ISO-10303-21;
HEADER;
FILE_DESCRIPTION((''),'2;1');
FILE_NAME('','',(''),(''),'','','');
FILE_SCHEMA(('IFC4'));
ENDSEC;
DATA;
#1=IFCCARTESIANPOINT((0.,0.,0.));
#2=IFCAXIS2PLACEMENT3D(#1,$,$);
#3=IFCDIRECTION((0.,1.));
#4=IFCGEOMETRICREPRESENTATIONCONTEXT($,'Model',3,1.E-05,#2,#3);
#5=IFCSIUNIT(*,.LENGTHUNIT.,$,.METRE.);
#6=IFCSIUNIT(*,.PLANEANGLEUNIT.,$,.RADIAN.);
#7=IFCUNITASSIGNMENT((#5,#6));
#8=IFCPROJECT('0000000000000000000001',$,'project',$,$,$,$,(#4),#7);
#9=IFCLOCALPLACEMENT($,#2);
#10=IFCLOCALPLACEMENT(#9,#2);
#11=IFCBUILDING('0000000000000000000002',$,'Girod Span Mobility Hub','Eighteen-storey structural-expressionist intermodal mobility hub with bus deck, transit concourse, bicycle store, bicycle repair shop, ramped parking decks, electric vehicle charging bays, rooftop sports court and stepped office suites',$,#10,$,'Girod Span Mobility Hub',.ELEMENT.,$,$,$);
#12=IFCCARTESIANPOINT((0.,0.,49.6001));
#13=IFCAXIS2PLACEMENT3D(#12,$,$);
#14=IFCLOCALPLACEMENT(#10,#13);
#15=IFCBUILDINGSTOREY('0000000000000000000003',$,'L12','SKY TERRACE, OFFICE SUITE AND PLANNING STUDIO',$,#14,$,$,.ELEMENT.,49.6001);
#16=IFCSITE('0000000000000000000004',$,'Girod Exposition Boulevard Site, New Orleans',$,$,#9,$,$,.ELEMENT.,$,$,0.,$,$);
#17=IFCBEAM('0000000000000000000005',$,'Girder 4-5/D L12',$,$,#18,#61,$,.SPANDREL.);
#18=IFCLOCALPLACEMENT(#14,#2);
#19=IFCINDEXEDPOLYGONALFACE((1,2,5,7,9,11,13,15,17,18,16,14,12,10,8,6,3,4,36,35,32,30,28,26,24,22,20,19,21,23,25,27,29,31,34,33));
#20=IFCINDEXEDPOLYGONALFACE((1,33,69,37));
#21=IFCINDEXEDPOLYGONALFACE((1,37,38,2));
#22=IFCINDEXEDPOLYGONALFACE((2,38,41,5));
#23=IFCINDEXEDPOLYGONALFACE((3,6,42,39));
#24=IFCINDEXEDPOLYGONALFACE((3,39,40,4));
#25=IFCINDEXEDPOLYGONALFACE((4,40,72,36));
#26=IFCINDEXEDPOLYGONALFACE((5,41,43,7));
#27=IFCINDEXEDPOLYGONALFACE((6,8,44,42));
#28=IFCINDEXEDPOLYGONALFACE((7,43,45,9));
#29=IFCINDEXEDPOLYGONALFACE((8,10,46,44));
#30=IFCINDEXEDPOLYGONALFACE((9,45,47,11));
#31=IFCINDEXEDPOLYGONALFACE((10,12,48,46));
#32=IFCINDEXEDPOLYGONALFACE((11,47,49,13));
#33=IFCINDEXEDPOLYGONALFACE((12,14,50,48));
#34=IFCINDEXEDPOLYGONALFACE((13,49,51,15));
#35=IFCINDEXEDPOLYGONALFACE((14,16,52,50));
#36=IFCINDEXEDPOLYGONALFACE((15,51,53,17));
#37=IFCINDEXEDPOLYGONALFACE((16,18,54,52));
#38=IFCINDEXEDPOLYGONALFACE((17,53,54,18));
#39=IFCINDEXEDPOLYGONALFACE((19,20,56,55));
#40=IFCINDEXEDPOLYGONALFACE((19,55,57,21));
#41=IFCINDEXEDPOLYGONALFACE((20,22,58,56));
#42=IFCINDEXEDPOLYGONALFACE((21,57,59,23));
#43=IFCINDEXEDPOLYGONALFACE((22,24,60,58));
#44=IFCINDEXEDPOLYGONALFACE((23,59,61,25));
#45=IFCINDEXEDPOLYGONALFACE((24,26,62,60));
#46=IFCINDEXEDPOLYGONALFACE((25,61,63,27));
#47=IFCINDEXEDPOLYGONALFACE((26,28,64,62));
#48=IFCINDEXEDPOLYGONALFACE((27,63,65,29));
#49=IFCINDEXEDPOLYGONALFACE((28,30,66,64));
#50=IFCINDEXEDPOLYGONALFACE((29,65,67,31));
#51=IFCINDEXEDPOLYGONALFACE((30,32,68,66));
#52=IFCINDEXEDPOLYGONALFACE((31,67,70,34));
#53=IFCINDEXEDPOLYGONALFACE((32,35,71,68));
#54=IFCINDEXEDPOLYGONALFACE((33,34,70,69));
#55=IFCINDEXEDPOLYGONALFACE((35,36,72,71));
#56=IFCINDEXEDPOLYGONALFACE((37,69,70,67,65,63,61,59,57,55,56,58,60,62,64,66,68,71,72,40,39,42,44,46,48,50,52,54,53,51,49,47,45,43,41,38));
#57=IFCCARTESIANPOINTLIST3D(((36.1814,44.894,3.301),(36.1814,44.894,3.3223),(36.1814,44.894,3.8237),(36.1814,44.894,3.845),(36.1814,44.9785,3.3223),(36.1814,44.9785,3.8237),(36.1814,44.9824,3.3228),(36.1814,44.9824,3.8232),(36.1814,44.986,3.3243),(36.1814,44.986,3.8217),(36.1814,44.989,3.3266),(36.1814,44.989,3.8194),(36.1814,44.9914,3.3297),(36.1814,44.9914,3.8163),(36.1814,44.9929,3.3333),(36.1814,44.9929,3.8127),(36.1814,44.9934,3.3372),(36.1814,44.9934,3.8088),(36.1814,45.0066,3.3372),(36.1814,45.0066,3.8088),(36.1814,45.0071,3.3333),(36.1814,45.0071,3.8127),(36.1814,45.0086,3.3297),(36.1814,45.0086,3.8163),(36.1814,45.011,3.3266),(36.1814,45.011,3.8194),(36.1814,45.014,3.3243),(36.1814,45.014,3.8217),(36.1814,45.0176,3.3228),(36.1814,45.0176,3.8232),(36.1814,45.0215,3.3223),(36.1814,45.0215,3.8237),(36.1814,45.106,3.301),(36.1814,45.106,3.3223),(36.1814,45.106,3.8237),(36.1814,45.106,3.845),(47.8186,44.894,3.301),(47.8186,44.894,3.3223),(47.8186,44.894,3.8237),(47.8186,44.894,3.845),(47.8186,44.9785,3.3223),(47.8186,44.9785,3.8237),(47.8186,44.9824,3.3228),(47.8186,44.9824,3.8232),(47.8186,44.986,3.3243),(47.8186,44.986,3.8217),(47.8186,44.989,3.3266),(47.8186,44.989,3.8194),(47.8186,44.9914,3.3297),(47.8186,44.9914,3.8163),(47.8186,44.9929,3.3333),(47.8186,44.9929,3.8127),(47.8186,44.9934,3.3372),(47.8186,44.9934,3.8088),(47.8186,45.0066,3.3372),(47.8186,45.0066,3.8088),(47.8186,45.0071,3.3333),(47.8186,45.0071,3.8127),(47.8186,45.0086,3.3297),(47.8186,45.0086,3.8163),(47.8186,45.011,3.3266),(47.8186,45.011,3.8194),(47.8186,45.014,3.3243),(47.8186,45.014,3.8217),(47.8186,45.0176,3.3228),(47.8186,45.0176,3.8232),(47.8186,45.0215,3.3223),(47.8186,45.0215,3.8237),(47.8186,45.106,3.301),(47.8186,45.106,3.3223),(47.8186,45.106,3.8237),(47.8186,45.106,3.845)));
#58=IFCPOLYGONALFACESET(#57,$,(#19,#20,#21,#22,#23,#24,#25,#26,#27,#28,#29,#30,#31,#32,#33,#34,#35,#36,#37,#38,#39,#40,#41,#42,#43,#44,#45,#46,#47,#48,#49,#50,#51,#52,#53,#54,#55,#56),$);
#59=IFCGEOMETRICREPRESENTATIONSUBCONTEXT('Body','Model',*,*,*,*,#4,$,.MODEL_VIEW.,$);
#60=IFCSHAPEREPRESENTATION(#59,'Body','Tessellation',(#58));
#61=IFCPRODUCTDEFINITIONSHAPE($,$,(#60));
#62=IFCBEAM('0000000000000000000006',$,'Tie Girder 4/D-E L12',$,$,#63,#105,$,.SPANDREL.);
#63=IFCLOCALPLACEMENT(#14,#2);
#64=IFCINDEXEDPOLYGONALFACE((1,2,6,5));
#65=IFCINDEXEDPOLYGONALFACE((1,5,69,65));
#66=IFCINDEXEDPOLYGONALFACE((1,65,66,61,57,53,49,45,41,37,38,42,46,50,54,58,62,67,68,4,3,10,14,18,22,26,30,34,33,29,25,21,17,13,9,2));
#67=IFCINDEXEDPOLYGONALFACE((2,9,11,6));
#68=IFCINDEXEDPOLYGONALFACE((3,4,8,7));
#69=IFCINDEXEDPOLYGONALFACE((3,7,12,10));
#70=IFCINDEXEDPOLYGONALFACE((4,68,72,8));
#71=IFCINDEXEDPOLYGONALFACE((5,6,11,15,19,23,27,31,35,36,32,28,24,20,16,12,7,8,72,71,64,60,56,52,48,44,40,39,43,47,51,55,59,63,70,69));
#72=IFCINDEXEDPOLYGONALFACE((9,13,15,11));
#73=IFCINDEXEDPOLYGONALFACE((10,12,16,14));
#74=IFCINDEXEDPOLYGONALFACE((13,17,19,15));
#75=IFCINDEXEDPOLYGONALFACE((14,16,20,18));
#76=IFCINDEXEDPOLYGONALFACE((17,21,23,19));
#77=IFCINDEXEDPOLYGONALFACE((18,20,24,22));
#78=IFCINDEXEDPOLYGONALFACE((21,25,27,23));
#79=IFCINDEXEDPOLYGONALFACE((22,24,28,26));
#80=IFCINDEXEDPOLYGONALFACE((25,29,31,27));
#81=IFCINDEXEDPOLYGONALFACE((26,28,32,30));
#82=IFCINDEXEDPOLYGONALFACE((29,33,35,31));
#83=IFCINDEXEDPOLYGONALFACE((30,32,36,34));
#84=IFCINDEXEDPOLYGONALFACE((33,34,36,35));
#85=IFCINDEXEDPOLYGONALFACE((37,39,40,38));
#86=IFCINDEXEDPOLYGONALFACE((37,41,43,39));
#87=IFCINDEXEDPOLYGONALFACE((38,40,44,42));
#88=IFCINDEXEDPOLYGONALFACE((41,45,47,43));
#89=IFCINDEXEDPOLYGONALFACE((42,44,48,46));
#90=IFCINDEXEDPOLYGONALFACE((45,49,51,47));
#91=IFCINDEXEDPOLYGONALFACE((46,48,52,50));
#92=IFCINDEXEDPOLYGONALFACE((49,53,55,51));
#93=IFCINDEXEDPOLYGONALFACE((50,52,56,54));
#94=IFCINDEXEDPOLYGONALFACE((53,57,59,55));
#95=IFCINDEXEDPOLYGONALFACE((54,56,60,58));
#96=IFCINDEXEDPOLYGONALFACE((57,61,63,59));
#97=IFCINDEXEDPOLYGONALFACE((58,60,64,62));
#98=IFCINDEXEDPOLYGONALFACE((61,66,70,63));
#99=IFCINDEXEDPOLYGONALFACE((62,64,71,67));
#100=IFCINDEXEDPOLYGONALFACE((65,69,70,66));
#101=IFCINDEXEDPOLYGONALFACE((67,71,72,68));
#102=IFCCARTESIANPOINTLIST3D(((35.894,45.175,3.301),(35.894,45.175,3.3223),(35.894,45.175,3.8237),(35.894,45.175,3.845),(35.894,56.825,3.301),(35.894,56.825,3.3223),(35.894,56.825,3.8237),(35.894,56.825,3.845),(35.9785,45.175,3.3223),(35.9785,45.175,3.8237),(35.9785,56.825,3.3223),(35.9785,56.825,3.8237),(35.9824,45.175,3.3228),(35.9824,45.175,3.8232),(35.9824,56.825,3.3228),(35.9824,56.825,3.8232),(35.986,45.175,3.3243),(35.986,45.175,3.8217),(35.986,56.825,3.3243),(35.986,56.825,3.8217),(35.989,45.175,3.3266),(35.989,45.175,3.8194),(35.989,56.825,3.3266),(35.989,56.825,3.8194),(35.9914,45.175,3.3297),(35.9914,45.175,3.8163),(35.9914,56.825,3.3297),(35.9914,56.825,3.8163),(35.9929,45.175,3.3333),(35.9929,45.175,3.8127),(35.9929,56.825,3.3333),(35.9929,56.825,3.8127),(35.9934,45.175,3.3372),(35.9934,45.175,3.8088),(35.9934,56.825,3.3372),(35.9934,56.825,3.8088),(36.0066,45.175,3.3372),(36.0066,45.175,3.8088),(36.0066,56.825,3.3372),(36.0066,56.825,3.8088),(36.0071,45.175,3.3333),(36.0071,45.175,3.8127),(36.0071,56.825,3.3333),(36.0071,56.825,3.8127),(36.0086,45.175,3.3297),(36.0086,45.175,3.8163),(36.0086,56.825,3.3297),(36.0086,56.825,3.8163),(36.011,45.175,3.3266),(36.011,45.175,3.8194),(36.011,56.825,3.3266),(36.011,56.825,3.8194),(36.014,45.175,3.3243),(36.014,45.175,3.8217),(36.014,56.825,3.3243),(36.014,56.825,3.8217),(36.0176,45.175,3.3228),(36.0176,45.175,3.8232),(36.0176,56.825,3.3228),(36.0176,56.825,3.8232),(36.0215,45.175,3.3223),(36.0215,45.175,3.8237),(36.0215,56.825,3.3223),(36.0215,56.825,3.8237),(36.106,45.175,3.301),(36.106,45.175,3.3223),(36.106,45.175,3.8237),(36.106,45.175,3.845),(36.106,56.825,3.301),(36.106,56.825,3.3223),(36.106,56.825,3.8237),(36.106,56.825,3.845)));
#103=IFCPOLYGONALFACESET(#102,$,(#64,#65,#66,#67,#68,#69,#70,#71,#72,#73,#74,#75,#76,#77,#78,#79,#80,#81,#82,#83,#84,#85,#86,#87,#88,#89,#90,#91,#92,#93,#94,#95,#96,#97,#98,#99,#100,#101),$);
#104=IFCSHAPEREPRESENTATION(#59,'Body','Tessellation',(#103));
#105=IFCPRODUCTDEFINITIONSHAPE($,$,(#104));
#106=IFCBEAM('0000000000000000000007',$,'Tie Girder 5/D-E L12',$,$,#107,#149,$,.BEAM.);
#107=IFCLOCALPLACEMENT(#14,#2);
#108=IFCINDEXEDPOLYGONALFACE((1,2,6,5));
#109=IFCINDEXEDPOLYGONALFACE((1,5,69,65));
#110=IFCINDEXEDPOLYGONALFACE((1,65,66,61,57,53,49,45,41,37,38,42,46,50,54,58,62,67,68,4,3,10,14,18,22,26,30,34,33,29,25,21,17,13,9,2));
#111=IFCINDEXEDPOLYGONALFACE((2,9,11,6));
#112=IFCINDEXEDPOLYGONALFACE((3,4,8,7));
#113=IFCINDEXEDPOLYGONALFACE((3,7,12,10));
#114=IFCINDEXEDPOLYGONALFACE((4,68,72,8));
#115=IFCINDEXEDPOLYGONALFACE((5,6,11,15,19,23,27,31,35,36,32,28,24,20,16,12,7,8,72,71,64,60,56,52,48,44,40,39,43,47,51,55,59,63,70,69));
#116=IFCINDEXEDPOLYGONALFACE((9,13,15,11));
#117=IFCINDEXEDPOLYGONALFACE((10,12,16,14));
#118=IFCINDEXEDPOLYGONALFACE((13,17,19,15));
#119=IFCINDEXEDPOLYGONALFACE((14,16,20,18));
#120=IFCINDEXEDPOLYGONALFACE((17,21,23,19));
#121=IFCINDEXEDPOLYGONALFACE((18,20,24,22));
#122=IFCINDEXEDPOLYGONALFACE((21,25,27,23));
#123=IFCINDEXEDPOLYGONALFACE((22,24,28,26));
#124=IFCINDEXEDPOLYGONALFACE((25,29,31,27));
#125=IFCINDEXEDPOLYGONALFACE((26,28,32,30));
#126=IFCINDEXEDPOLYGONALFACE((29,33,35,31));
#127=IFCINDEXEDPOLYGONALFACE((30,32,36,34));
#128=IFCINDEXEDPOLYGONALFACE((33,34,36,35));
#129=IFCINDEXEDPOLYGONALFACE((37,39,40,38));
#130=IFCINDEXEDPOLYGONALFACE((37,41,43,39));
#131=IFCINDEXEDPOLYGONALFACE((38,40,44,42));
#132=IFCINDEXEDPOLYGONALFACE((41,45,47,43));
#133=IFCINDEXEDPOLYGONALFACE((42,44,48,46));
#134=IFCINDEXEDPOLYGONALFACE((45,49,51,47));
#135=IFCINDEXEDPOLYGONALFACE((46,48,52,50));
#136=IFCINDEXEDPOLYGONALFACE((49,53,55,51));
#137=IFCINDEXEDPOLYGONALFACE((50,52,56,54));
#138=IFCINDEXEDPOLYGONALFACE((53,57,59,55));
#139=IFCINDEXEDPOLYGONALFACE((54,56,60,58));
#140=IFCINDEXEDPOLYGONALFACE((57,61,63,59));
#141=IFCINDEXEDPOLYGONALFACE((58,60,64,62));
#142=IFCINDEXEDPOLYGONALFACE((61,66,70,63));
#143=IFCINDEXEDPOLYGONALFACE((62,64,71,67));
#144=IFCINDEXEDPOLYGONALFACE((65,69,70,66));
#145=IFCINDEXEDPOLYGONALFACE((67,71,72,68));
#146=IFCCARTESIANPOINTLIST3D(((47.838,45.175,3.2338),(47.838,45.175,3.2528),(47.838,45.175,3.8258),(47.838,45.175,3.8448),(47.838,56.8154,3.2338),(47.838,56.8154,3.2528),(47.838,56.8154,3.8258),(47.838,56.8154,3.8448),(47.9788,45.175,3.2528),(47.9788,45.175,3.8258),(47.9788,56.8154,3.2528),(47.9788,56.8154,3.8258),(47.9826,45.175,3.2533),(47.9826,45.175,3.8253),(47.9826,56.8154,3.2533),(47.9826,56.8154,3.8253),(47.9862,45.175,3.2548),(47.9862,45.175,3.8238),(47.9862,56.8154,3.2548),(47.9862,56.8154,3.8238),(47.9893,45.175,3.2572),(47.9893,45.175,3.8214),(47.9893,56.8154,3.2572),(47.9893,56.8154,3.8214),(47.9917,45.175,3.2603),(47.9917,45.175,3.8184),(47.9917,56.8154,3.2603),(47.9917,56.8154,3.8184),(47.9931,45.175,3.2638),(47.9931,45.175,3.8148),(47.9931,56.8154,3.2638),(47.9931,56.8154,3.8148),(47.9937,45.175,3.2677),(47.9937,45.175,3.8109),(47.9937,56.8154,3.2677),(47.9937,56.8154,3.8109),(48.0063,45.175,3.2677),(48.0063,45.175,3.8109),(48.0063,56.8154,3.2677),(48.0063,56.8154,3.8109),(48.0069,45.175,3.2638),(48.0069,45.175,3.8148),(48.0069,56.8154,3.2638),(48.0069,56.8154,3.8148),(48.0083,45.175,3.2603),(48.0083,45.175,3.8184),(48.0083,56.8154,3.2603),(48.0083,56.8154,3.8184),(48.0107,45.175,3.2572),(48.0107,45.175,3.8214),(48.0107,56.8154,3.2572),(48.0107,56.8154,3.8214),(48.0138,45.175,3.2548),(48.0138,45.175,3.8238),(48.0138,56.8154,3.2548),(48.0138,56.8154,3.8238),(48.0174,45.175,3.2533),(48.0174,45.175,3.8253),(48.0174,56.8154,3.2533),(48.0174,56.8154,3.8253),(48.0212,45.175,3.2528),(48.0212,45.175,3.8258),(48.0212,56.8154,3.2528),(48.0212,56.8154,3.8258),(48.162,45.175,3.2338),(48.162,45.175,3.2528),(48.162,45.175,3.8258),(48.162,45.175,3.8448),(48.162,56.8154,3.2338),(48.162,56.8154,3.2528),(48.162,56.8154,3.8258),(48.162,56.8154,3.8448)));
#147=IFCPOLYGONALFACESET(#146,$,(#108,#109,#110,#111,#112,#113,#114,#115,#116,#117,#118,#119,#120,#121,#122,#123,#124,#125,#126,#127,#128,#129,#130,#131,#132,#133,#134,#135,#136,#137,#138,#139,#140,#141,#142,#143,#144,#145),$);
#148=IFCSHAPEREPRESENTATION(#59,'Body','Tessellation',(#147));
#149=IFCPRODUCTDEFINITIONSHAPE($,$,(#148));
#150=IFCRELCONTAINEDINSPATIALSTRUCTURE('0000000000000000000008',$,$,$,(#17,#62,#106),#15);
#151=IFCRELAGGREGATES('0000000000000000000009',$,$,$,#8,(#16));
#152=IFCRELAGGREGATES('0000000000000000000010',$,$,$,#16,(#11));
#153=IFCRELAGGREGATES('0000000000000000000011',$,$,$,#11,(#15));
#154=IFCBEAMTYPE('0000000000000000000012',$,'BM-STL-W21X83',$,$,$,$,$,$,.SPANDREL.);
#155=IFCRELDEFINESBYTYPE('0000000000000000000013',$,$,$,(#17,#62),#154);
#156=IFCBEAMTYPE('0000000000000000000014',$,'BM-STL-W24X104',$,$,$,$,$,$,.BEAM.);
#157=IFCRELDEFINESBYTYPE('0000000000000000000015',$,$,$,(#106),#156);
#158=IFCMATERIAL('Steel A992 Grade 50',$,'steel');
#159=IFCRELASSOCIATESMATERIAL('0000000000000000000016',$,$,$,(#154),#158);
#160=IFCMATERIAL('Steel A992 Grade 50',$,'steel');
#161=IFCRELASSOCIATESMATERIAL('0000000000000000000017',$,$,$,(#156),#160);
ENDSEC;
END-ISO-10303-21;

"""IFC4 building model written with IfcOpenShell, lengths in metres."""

from ifc_helpers import new_model, si_unit, direction, frame, origin, origin_2d, place, context, subcontext, project, spatial, i_section, extrude, material, material_profile, profile_set, type_object, element, save


model = new_model("IFC4")

# Units and contexts
model_context = context("Model", 3, precision=1e-05, world=origin(), true_north=direction((0.0, 1.0)))
body_context = subcontext(model_context, "Body", "Model", "MODEL_VIEW")
ifc_project = project(units=[si_unit("LENGTHUNIT", "METRE"), si_unit("PLANEANGLEUNIT", "RADIAN")], contexts=[model_context])

# Site, building, storey
site_placement = place(None, origin())
site = spatial("IfcSite", under=ifc_project, at=site_placement, Name="Girod Exposition Boulevard Site, New Orleans", CompositionType="ELEMENT", RefElevation=0.0)
building_placement = place(site_placement, origin())
building = spatial("IfcBuilding", under=site, at=building_placement, Name="Girod Span Mobility Hub", Description="Eighteen-storey structural-expressionist intermodal mobility hub with bus deck, transit concourse, bicycle store, bicycle repair shop, ramped parking decks, electric vehicle charging bays, rooftop sports court and stepped office suites", LongName="Girod Span Mobility Hub", CompositionType="ELEMENT")
storey_placement = place(building_placement, frame((0.0, 0.0, 49.6001)))
storey = spatial("IfcBuildingStorey", under=building, at=storey_placement, Name="L12", Description="SKY TERRACE, OFFICE SUITE AND PLANNING STUDIO", CompositionType="ELEMENT", Elevation=49.6001)

# Beams
ifc_material_1 = material(Name="Steel A992 Grade 50", Category="steel")
ifc_material_profile_1 = material_profile(ifc_material_1, i_section(OverallWidth=0.2119, OverallDepth=0.5439, WebThickness=0.0132, FlangeThickness=0.0212, FilletRadius=0.0149, at=origin_2d()), Name="W21X83")
ifc_profile_set_1 = profile_set([ifc_material_profile_1], Name="Steel A992 Grade 50")
beam_type_1 = type_object("IfcBeamType", Name="BM-STL-W21X83", PredefinedType="SPANDREL", material=ifc_profile_set_1)
beam_1_placement = place(storey_placement, frame((36.1814, 45.0, 3.573), z_axis=(1.0, 0.0, 0.0), x_axis=(0.0, 1.0, 0.0)))
element("IfcBeam", 1, at=beam_1_placement, inside=storey, type_object=beam_type_1, Name="Girder 4-5/D L12", PredefinedType="SPANDREL", context=body_context, shape_type="SweptSolid", body=[
    extrude(i_section(OverallWidth=0.2119, OverallDepth=0.5439, WebThickness=0.0132, FlangeThickness=0.0212, FilletRadius=0.0149, at=origin_2d()), origin(), (0.0, 0.0, 1.0), 11.6372),
])
beam_2_placement = place(storey_placement, frame((36.0, 45.175, 3.573), z_axis=(0.0, 1.0, 0.0), x_axis=(-1.0, 0.0, 0.0)))
element("IfcBeam", 2, at=beam_2_placement, inside=storey, type_object=beam_type_1, Name="Tie Girder 4/D-E L12", PredefinedType="SPANDREL", context=body_context, shape_type="SweptSolid", body=[
    extrude(i_section(OverallWidth=0.2119, OverallDepth=0.5439, WebThickness=0.0132, FlangeThickness=0.0212, FilletRadius=0.0149, at=origin_2d()), origin(), (0.0, 0.0, 1.0), 11.6499),
])
ifc_material_2 = material(Name="Steel A992 Grade 50", Category="steel")
ifc_material_profile_2 = material_profile(ifc_material_2, i_section(OverallWidth=0.324, OverallDepth=0.6111, WebThickness=0.0127, FlangeThickness=0.019, FilletRadius=0.0149, at=origin_2d()), Name="W24X104")
ifc_profile_set_2 = profile_set([ifc_material_profile_2], Name="Steel A992 Grade 50")
beam_type_2 = type_object("IfcBeamType", Name="BM-STL-W24X104", PredefinedType="BEAM", material=ifc_profile_set_2)
beam_3_placement = place(storey_placement, frame((48.0, 45.175, 3.5393), z_axis=(0.0, 1.0, 0.0), x_axis=(-1.0, 0.0, 0.0)))
element("IfcBeam", 3, at=beam_3_placement, inside=storey, type_object=beam_type_2, Name="Tie Girder 5/D-E L12", PredefinedType="BEAM", context=body_context, shape_type="SweptSolid", body=[
    extrude(i_section(OverallWidth=0.324, OverallDepth=0.6111, WebThickness=0.0127, FlangeThickness=0.019, FilletRadius=0.0149, at=origin_2d()), origin(), (0.0, 0.0, 1.0), 11.6404),
])

save(model, "model.ifc")
